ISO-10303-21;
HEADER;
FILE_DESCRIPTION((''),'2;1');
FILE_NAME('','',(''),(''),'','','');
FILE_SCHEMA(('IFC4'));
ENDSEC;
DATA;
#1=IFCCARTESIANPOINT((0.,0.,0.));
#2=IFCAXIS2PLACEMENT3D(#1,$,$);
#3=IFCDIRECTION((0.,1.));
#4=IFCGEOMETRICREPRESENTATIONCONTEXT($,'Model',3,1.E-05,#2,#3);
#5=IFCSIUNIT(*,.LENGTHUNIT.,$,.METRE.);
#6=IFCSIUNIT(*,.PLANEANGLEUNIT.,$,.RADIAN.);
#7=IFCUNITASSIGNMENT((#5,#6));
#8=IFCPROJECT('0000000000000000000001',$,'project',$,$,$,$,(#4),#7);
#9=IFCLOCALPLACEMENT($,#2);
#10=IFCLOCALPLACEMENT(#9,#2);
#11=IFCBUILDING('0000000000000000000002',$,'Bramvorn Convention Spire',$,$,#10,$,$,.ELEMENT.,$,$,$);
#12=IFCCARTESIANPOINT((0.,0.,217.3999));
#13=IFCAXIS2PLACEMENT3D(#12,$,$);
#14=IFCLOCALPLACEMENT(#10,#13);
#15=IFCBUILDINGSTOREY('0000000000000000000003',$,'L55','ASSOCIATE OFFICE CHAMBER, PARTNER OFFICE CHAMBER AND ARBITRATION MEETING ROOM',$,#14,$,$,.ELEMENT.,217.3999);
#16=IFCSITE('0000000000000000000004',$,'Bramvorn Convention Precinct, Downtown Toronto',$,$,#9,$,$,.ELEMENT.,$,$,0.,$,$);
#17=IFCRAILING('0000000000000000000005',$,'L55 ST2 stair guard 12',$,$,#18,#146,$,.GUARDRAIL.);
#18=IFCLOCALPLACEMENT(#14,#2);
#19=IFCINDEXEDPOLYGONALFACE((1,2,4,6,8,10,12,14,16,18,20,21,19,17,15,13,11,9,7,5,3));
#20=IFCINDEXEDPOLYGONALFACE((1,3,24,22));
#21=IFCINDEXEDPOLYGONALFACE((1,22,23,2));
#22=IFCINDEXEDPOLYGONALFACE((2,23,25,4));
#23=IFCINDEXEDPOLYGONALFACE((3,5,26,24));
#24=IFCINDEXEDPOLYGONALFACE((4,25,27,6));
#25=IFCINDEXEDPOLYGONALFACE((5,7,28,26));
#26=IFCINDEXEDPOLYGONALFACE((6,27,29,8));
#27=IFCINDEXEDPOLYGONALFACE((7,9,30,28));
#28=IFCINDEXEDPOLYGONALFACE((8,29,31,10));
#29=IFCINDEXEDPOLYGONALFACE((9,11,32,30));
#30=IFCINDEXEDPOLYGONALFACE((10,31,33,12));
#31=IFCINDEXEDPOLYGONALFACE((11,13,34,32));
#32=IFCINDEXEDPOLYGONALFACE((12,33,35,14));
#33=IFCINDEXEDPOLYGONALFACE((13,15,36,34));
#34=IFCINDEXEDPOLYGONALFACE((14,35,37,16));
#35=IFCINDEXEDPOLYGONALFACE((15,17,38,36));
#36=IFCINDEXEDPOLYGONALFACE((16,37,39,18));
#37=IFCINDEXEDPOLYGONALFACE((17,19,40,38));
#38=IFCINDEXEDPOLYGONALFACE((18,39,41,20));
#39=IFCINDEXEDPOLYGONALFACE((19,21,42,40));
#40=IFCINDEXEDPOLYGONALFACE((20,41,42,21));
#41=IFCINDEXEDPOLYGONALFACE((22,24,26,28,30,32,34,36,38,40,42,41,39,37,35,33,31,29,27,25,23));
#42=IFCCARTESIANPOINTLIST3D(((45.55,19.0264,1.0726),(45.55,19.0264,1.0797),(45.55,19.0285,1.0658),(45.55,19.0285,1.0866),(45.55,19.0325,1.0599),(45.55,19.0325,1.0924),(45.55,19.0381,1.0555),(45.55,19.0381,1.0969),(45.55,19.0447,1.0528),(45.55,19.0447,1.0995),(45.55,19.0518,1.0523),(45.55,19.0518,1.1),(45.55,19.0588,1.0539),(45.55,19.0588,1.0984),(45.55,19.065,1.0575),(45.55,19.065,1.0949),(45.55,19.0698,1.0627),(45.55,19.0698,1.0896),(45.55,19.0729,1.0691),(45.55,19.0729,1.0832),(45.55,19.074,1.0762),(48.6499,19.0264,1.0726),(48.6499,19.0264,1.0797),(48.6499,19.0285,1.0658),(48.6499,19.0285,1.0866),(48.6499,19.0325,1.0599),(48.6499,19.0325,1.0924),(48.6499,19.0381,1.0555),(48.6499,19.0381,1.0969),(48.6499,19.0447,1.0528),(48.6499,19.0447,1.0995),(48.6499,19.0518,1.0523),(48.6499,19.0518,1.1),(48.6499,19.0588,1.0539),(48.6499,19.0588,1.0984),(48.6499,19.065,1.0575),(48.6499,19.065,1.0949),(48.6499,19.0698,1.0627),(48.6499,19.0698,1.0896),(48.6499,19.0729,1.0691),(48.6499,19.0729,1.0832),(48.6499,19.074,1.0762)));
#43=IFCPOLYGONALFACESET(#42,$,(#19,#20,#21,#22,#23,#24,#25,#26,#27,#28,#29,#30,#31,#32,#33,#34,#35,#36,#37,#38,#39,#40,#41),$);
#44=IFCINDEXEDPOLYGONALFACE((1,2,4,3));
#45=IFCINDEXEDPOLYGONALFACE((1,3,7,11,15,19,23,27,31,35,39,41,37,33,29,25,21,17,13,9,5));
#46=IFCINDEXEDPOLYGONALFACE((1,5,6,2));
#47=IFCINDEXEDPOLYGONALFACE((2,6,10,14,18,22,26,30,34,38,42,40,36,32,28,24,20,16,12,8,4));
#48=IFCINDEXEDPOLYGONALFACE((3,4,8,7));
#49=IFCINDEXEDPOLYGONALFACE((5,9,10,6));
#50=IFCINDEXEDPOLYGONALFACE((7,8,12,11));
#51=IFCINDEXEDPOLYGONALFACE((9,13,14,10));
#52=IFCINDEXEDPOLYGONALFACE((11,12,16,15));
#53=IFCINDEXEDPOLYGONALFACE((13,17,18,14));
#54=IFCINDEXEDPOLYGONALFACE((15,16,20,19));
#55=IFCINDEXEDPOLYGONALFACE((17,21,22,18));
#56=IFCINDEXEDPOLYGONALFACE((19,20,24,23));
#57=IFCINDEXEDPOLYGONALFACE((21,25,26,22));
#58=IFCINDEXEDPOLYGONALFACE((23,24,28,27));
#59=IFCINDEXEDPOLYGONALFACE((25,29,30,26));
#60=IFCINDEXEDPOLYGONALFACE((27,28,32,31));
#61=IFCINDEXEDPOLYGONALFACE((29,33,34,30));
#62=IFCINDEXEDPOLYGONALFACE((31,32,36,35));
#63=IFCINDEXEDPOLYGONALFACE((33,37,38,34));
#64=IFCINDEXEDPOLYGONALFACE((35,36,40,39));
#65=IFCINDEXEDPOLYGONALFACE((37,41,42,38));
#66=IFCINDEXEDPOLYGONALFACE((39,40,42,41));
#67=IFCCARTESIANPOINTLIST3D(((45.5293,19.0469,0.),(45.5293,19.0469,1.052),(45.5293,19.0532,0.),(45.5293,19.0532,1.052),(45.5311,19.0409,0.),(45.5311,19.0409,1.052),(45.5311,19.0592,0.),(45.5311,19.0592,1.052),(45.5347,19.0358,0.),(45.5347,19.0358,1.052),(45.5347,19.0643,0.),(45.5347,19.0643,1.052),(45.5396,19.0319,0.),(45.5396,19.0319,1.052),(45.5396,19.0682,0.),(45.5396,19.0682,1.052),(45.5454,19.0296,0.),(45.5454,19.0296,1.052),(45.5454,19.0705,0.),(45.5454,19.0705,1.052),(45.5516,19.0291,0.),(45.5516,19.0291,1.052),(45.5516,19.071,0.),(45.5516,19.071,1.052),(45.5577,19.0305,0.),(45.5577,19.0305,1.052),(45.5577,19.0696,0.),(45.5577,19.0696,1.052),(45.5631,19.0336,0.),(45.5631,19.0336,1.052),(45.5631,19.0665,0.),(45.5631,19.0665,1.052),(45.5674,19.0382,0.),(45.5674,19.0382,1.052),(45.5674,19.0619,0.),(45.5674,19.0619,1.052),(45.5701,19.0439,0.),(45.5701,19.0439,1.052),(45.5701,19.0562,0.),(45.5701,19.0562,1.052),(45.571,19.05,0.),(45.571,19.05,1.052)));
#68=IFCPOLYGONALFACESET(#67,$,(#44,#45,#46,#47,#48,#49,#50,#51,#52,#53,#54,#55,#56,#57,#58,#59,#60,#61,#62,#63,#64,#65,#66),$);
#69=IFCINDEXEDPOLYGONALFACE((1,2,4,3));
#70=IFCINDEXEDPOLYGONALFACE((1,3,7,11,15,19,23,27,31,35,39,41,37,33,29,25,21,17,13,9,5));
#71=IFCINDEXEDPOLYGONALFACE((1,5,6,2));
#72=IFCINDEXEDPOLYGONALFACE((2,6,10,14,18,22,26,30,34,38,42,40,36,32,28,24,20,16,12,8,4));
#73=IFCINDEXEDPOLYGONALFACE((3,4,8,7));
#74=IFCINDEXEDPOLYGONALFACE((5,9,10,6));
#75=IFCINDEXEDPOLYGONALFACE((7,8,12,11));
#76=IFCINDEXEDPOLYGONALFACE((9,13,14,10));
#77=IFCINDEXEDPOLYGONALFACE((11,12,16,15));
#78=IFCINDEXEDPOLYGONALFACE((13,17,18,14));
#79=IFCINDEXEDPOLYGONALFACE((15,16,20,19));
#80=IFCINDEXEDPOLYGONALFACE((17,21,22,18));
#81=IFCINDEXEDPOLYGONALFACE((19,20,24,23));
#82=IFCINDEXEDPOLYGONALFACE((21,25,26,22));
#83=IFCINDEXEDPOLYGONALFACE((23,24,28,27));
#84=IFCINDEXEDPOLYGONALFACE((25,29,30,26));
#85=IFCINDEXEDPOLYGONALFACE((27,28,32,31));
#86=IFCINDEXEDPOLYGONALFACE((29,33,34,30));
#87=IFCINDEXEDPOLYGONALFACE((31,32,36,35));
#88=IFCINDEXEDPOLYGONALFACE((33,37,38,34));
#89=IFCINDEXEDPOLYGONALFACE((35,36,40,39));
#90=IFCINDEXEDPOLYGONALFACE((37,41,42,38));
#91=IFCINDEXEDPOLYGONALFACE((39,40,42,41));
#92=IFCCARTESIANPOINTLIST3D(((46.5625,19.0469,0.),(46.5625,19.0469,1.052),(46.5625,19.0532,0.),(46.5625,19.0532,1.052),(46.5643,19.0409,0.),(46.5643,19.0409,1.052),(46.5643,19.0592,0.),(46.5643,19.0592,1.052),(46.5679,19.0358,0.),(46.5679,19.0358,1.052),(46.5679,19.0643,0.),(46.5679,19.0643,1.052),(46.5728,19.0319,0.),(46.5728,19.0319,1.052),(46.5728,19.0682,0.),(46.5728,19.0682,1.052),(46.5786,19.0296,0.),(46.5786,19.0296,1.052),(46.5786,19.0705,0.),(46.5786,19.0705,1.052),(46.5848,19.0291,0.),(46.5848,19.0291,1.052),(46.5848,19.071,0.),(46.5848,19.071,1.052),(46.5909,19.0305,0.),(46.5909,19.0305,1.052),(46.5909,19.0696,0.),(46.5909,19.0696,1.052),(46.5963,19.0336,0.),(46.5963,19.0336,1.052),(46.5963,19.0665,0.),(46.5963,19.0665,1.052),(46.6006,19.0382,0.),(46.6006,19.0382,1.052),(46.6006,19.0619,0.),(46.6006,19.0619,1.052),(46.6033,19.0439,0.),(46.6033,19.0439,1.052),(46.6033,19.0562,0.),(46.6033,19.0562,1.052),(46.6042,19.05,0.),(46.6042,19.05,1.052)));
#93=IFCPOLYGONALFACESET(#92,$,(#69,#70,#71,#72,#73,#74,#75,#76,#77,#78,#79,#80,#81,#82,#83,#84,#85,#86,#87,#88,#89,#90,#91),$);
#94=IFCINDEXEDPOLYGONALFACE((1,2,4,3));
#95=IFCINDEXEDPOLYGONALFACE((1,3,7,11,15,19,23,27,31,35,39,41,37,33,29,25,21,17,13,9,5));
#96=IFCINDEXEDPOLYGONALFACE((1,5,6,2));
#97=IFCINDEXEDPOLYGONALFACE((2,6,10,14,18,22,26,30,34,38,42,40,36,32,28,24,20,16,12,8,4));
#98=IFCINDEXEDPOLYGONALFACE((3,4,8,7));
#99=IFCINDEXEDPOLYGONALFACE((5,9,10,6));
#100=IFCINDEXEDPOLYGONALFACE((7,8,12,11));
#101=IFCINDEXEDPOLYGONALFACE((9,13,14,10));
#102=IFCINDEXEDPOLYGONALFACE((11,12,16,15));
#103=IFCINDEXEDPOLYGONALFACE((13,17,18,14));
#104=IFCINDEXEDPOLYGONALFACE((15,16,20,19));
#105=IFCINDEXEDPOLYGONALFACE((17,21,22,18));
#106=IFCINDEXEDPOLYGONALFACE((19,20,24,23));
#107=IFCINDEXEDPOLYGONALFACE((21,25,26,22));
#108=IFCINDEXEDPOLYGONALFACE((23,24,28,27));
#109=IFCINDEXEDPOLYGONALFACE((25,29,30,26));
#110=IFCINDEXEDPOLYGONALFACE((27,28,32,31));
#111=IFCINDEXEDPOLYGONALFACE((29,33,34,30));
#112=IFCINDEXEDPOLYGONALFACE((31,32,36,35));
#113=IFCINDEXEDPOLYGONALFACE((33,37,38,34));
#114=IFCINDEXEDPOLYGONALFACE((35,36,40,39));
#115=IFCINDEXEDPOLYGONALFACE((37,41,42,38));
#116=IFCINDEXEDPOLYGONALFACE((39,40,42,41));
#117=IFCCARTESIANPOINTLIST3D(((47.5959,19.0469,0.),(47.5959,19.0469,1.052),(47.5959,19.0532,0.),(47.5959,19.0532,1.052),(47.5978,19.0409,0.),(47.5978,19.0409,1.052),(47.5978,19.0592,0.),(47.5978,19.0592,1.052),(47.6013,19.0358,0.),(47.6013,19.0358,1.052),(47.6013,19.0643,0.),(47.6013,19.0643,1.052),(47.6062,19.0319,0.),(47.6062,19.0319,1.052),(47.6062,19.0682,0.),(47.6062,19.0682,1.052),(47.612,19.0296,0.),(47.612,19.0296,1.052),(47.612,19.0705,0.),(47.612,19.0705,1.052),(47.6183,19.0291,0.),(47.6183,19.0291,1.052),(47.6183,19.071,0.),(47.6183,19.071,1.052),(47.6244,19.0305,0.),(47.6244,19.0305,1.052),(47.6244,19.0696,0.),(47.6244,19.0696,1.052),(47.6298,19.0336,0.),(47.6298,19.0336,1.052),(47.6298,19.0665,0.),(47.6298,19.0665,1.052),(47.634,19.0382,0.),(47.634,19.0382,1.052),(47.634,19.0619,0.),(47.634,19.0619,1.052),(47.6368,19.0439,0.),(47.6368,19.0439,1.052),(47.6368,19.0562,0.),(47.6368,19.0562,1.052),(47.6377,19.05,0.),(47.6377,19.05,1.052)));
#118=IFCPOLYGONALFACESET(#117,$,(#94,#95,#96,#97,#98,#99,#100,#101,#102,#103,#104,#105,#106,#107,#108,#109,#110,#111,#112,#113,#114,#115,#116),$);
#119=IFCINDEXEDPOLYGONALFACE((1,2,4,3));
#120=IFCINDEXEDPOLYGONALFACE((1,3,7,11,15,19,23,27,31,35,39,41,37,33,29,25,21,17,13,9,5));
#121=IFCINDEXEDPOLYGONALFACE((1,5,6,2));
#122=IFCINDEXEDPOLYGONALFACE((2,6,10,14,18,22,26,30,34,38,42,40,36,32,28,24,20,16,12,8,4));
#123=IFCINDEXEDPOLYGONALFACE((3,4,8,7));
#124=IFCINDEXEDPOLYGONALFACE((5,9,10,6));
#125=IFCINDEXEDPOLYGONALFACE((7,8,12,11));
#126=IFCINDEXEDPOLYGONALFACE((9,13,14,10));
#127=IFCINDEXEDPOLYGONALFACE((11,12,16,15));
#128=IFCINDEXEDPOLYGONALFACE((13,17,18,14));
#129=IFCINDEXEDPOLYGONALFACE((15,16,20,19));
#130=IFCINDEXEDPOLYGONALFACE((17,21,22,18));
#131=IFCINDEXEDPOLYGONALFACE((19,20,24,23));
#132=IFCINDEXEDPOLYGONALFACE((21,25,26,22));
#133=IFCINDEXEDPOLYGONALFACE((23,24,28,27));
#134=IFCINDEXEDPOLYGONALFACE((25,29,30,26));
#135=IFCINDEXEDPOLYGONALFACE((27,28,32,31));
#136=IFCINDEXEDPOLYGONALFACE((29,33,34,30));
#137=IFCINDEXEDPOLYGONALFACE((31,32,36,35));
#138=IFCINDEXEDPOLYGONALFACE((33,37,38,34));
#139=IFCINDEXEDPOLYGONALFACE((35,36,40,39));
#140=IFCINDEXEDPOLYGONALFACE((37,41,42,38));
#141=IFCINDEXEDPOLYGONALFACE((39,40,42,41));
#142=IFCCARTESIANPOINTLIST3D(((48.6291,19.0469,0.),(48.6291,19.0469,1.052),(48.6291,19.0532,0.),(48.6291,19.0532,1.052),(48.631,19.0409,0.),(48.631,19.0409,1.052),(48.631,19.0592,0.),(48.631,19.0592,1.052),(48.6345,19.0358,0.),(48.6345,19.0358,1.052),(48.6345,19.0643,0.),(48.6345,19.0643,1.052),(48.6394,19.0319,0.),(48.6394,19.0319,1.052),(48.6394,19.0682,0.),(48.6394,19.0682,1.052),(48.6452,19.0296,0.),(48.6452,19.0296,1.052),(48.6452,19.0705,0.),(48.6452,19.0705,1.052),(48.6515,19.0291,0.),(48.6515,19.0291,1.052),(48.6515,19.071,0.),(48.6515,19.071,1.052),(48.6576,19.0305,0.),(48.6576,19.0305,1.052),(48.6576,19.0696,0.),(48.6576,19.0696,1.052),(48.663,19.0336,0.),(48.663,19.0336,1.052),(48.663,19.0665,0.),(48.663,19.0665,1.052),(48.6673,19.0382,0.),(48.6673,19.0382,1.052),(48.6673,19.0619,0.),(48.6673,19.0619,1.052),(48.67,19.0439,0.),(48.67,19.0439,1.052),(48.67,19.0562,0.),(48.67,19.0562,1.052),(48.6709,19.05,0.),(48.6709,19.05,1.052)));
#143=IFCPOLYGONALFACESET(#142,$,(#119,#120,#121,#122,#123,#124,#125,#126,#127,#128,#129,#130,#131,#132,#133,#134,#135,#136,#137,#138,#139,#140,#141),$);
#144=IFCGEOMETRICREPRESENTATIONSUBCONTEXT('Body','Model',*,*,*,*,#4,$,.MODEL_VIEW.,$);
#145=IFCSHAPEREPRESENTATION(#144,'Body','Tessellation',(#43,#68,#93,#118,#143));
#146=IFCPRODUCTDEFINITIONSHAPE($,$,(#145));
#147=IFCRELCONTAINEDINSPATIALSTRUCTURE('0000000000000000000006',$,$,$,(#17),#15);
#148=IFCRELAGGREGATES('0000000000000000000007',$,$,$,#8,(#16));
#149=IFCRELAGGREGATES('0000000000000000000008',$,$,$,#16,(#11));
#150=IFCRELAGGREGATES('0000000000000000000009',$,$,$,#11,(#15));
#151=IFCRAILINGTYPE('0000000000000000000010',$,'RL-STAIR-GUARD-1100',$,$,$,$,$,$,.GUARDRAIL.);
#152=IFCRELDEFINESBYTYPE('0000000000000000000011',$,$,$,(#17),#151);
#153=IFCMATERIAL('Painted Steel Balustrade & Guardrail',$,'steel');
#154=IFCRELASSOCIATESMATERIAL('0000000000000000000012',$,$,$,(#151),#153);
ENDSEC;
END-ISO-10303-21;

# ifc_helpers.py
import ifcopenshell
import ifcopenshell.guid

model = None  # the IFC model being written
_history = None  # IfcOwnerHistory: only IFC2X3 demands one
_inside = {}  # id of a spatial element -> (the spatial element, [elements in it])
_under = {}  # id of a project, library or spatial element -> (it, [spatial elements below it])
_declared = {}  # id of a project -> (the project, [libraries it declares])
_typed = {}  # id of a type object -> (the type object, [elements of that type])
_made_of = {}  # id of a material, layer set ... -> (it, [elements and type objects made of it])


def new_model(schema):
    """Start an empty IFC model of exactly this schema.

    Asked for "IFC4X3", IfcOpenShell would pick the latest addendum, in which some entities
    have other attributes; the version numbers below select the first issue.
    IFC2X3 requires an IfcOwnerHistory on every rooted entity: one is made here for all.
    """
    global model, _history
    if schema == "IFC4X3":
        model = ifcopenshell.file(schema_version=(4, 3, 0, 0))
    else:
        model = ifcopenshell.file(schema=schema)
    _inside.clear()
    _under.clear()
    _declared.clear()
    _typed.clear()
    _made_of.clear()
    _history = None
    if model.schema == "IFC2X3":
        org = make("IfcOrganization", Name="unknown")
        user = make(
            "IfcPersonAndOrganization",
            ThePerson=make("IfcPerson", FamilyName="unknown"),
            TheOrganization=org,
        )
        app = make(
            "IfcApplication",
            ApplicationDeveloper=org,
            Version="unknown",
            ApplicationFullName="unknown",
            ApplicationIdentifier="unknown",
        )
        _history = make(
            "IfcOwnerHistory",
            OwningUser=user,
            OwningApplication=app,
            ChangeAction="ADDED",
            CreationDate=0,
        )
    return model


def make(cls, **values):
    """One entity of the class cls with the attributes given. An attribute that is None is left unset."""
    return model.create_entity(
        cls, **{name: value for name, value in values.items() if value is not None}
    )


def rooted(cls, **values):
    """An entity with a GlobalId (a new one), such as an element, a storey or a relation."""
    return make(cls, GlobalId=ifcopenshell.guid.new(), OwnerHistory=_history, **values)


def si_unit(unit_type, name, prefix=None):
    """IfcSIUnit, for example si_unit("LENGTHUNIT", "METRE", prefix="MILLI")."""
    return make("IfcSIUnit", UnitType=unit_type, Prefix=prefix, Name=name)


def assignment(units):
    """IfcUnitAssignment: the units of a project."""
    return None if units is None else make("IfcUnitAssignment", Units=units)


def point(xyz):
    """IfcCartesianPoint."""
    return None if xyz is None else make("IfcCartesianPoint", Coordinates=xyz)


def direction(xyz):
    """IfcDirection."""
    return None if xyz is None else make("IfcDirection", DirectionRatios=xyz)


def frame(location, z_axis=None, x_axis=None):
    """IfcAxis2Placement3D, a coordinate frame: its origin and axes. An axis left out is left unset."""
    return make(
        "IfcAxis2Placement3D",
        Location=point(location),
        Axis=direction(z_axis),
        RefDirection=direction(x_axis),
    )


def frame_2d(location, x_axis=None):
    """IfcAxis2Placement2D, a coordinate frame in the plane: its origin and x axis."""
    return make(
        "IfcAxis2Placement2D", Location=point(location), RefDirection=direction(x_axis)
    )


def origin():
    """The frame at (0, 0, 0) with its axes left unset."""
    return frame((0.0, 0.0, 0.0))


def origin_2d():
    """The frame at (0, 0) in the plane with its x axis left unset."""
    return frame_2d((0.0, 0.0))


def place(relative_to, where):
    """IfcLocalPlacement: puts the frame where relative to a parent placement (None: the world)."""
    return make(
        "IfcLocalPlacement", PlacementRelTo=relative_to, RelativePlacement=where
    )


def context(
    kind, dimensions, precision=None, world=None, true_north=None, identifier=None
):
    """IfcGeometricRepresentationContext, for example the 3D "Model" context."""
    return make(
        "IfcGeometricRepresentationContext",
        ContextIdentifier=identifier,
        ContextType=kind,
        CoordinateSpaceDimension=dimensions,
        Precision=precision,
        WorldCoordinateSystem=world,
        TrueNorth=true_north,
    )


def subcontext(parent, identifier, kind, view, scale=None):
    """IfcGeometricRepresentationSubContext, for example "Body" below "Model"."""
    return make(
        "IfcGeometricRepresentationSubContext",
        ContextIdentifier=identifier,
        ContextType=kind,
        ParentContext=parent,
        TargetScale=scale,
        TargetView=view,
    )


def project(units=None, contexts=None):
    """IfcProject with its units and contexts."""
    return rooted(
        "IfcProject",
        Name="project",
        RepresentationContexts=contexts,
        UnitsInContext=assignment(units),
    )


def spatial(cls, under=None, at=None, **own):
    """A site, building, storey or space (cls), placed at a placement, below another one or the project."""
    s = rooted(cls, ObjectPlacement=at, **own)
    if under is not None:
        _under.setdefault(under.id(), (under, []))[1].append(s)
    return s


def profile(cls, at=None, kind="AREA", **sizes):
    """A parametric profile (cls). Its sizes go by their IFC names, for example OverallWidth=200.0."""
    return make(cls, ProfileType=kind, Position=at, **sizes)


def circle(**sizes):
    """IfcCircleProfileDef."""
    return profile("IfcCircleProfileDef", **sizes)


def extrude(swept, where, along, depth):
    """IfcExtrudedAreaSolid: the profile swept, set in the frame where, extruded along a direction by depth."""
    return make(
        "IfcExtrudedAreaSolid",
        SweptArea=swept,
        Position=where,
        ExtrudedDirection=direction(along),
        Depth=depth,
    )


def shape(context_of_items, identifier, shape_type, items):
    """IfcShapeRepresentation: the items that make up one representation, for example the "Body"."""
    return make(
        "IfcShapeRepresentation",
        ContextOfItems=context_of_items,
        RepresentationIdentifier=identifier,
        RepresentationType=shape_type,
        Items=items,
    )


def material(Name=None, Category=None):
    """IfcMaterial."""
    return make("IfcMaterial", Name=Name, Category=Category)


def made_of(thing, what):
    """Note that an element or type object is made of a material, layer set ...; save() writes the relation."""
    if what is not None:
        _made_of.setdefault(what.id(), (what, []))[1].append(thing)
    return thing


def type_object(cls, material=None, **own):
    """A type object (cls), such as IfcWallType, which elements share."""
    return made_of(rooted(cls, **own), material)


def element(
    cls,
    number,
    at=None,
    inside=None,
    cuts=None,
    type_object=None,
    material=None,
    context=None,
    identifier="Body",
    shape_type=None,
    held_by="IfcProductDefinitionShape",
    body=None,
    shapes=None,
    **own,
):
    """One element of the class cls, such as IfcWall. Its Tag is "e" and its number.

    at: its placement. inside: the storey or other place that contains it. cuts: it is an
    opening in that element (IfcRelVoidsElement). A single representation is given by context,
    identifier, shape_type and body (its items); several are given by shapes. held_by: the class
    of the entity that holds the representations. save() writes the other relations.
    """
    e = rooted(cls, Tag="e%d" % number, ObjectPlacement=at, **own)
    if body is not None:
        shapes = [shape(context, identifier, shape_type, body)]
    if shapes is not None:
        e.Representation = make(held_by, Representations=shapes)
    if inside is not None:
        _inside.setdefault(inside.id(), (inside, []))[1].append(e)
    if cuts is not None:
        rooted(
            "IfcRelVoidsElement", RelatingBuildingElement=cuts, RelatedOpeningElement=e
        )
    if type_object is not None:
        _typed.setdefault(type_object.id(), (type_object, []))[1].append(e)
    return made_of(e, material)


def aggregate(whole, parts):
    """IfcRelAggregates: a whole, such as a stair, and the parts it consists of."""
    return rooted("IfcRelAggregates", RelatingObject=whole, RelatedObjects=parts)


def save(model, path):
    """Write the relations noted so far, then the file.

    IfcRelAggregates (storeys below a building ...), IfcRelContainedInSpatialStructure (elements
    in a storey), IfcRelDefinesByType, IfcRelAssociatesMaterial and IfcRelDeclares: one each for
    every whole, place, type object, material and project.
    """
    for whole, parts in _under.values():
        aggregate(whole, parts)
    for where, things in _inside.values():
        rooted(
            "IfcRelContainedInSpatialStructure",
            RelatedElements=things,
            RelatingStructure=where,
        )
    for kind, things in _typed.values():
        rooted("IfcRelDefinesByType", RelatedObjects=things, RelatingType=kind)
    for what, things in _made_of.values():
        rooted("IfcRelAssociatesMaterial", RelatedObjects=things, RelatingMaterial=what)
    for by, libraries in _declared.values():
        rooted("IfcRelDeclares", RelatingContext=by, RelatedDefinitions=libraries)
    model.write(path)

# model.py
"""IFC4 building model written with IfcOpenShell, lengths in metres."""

from ifc_helpers import new_model, si_unit, direction, frame, origin, origin_2d, place, context, subcontext, project, spatial, circle, extrude, material, type_object, element, save


model = new_model("IFC4")

# Units and contexts
model_context = context("Model", 3, precision=1e-05, world=origin(), true_north=direction((0.0, 1.0)))
body_context = subcontext(model_context, "Body", "Model", "MODEL_VIEW")
ifc_project = project(units=[si_unit("LENGTHUNIT", "METRE"), si_unit("PLANEANGLEUNIT", "RADIAN")], contexts=[model_context])

# Site, building, storey
site_placement = place(None, origin())
site = spatial("IfcSite", under=ifc_project, at=site_placement, Name="Bramvorn Convention Precinct, Downtown Toronto", CompositionType="ELEMENT", RefElevation=0.0)
building_placement = place(site_placement, origin())
building = spatial("IfcBuilding", under=site, at=building_placement, Name="Bramvorn Convention Spire", CompositionType="ELEMENT")
storey_placement = place(building_placement, frame((0.0, 0.0, 217.3999)))
storey = spatial("IfcBuildingStorey", under=building, at=storey_placement, Name="L55", Description="ASSOCIATE OFFICE CHAMBER, PARTNER OFFICE CHAMBER AND ARBITRATION MEETING ROOM", CompositionType="ELEMENT", Elevation=217.3999)

# Railing
ifc_material_1 = material(Name="Painted Steel Balustrade & Guardrail", Category="steel")
railing_type_1 = type_object("IfcRailingType", Name="RL-STAIR-GUARD-1100", PredefinedType="GUARDRAIL", material=ifc_material_1)
railing_1_placement = place(storey_placement, frame((45.55, 19.05, 0.0)))
element("IfcRailing", 1, at=railing_1_placement, inside=storey, type_object=railing_type_1, Name="L55 ST2 stair guard 12", PredefinedType="GUARDRAIL", context=body_context, shape_type="SweptSolid", body=[
    extrude(circle(Radius=0.0239, at=origin_2d()), frame((0.0, 0.0, 1.0762), z_axis=(1.0, 0.0, 0.0), x_axis=(0.0, 1.0, 0.0)), (0.0, 0.0, 1.0), 3.0999),
    extrude(circle(Radius=0.021, at=origin_2d()), origin(), (0.0, 0.0, 1.0), 1.052),
    extrude(circle(Radius=0.021, at=origin_2d()), frame((1.0332, 0.0, 0.0)), (0.0, 0.0, 1.0), 1.052),
    extrude(circle(Radius=0.021, at=origin_2d()), frame((2.0667, 0.0, 0.0)), (0.0, 0.0, 1.0), 1.052),
    extrude(circle(Radius=0.021, at=origin_2d()), frame((3.0999, 0.0, 0.0)), (0.0, 0.0, 1.0), 1.052),
])

save(model, "model.ifc")
